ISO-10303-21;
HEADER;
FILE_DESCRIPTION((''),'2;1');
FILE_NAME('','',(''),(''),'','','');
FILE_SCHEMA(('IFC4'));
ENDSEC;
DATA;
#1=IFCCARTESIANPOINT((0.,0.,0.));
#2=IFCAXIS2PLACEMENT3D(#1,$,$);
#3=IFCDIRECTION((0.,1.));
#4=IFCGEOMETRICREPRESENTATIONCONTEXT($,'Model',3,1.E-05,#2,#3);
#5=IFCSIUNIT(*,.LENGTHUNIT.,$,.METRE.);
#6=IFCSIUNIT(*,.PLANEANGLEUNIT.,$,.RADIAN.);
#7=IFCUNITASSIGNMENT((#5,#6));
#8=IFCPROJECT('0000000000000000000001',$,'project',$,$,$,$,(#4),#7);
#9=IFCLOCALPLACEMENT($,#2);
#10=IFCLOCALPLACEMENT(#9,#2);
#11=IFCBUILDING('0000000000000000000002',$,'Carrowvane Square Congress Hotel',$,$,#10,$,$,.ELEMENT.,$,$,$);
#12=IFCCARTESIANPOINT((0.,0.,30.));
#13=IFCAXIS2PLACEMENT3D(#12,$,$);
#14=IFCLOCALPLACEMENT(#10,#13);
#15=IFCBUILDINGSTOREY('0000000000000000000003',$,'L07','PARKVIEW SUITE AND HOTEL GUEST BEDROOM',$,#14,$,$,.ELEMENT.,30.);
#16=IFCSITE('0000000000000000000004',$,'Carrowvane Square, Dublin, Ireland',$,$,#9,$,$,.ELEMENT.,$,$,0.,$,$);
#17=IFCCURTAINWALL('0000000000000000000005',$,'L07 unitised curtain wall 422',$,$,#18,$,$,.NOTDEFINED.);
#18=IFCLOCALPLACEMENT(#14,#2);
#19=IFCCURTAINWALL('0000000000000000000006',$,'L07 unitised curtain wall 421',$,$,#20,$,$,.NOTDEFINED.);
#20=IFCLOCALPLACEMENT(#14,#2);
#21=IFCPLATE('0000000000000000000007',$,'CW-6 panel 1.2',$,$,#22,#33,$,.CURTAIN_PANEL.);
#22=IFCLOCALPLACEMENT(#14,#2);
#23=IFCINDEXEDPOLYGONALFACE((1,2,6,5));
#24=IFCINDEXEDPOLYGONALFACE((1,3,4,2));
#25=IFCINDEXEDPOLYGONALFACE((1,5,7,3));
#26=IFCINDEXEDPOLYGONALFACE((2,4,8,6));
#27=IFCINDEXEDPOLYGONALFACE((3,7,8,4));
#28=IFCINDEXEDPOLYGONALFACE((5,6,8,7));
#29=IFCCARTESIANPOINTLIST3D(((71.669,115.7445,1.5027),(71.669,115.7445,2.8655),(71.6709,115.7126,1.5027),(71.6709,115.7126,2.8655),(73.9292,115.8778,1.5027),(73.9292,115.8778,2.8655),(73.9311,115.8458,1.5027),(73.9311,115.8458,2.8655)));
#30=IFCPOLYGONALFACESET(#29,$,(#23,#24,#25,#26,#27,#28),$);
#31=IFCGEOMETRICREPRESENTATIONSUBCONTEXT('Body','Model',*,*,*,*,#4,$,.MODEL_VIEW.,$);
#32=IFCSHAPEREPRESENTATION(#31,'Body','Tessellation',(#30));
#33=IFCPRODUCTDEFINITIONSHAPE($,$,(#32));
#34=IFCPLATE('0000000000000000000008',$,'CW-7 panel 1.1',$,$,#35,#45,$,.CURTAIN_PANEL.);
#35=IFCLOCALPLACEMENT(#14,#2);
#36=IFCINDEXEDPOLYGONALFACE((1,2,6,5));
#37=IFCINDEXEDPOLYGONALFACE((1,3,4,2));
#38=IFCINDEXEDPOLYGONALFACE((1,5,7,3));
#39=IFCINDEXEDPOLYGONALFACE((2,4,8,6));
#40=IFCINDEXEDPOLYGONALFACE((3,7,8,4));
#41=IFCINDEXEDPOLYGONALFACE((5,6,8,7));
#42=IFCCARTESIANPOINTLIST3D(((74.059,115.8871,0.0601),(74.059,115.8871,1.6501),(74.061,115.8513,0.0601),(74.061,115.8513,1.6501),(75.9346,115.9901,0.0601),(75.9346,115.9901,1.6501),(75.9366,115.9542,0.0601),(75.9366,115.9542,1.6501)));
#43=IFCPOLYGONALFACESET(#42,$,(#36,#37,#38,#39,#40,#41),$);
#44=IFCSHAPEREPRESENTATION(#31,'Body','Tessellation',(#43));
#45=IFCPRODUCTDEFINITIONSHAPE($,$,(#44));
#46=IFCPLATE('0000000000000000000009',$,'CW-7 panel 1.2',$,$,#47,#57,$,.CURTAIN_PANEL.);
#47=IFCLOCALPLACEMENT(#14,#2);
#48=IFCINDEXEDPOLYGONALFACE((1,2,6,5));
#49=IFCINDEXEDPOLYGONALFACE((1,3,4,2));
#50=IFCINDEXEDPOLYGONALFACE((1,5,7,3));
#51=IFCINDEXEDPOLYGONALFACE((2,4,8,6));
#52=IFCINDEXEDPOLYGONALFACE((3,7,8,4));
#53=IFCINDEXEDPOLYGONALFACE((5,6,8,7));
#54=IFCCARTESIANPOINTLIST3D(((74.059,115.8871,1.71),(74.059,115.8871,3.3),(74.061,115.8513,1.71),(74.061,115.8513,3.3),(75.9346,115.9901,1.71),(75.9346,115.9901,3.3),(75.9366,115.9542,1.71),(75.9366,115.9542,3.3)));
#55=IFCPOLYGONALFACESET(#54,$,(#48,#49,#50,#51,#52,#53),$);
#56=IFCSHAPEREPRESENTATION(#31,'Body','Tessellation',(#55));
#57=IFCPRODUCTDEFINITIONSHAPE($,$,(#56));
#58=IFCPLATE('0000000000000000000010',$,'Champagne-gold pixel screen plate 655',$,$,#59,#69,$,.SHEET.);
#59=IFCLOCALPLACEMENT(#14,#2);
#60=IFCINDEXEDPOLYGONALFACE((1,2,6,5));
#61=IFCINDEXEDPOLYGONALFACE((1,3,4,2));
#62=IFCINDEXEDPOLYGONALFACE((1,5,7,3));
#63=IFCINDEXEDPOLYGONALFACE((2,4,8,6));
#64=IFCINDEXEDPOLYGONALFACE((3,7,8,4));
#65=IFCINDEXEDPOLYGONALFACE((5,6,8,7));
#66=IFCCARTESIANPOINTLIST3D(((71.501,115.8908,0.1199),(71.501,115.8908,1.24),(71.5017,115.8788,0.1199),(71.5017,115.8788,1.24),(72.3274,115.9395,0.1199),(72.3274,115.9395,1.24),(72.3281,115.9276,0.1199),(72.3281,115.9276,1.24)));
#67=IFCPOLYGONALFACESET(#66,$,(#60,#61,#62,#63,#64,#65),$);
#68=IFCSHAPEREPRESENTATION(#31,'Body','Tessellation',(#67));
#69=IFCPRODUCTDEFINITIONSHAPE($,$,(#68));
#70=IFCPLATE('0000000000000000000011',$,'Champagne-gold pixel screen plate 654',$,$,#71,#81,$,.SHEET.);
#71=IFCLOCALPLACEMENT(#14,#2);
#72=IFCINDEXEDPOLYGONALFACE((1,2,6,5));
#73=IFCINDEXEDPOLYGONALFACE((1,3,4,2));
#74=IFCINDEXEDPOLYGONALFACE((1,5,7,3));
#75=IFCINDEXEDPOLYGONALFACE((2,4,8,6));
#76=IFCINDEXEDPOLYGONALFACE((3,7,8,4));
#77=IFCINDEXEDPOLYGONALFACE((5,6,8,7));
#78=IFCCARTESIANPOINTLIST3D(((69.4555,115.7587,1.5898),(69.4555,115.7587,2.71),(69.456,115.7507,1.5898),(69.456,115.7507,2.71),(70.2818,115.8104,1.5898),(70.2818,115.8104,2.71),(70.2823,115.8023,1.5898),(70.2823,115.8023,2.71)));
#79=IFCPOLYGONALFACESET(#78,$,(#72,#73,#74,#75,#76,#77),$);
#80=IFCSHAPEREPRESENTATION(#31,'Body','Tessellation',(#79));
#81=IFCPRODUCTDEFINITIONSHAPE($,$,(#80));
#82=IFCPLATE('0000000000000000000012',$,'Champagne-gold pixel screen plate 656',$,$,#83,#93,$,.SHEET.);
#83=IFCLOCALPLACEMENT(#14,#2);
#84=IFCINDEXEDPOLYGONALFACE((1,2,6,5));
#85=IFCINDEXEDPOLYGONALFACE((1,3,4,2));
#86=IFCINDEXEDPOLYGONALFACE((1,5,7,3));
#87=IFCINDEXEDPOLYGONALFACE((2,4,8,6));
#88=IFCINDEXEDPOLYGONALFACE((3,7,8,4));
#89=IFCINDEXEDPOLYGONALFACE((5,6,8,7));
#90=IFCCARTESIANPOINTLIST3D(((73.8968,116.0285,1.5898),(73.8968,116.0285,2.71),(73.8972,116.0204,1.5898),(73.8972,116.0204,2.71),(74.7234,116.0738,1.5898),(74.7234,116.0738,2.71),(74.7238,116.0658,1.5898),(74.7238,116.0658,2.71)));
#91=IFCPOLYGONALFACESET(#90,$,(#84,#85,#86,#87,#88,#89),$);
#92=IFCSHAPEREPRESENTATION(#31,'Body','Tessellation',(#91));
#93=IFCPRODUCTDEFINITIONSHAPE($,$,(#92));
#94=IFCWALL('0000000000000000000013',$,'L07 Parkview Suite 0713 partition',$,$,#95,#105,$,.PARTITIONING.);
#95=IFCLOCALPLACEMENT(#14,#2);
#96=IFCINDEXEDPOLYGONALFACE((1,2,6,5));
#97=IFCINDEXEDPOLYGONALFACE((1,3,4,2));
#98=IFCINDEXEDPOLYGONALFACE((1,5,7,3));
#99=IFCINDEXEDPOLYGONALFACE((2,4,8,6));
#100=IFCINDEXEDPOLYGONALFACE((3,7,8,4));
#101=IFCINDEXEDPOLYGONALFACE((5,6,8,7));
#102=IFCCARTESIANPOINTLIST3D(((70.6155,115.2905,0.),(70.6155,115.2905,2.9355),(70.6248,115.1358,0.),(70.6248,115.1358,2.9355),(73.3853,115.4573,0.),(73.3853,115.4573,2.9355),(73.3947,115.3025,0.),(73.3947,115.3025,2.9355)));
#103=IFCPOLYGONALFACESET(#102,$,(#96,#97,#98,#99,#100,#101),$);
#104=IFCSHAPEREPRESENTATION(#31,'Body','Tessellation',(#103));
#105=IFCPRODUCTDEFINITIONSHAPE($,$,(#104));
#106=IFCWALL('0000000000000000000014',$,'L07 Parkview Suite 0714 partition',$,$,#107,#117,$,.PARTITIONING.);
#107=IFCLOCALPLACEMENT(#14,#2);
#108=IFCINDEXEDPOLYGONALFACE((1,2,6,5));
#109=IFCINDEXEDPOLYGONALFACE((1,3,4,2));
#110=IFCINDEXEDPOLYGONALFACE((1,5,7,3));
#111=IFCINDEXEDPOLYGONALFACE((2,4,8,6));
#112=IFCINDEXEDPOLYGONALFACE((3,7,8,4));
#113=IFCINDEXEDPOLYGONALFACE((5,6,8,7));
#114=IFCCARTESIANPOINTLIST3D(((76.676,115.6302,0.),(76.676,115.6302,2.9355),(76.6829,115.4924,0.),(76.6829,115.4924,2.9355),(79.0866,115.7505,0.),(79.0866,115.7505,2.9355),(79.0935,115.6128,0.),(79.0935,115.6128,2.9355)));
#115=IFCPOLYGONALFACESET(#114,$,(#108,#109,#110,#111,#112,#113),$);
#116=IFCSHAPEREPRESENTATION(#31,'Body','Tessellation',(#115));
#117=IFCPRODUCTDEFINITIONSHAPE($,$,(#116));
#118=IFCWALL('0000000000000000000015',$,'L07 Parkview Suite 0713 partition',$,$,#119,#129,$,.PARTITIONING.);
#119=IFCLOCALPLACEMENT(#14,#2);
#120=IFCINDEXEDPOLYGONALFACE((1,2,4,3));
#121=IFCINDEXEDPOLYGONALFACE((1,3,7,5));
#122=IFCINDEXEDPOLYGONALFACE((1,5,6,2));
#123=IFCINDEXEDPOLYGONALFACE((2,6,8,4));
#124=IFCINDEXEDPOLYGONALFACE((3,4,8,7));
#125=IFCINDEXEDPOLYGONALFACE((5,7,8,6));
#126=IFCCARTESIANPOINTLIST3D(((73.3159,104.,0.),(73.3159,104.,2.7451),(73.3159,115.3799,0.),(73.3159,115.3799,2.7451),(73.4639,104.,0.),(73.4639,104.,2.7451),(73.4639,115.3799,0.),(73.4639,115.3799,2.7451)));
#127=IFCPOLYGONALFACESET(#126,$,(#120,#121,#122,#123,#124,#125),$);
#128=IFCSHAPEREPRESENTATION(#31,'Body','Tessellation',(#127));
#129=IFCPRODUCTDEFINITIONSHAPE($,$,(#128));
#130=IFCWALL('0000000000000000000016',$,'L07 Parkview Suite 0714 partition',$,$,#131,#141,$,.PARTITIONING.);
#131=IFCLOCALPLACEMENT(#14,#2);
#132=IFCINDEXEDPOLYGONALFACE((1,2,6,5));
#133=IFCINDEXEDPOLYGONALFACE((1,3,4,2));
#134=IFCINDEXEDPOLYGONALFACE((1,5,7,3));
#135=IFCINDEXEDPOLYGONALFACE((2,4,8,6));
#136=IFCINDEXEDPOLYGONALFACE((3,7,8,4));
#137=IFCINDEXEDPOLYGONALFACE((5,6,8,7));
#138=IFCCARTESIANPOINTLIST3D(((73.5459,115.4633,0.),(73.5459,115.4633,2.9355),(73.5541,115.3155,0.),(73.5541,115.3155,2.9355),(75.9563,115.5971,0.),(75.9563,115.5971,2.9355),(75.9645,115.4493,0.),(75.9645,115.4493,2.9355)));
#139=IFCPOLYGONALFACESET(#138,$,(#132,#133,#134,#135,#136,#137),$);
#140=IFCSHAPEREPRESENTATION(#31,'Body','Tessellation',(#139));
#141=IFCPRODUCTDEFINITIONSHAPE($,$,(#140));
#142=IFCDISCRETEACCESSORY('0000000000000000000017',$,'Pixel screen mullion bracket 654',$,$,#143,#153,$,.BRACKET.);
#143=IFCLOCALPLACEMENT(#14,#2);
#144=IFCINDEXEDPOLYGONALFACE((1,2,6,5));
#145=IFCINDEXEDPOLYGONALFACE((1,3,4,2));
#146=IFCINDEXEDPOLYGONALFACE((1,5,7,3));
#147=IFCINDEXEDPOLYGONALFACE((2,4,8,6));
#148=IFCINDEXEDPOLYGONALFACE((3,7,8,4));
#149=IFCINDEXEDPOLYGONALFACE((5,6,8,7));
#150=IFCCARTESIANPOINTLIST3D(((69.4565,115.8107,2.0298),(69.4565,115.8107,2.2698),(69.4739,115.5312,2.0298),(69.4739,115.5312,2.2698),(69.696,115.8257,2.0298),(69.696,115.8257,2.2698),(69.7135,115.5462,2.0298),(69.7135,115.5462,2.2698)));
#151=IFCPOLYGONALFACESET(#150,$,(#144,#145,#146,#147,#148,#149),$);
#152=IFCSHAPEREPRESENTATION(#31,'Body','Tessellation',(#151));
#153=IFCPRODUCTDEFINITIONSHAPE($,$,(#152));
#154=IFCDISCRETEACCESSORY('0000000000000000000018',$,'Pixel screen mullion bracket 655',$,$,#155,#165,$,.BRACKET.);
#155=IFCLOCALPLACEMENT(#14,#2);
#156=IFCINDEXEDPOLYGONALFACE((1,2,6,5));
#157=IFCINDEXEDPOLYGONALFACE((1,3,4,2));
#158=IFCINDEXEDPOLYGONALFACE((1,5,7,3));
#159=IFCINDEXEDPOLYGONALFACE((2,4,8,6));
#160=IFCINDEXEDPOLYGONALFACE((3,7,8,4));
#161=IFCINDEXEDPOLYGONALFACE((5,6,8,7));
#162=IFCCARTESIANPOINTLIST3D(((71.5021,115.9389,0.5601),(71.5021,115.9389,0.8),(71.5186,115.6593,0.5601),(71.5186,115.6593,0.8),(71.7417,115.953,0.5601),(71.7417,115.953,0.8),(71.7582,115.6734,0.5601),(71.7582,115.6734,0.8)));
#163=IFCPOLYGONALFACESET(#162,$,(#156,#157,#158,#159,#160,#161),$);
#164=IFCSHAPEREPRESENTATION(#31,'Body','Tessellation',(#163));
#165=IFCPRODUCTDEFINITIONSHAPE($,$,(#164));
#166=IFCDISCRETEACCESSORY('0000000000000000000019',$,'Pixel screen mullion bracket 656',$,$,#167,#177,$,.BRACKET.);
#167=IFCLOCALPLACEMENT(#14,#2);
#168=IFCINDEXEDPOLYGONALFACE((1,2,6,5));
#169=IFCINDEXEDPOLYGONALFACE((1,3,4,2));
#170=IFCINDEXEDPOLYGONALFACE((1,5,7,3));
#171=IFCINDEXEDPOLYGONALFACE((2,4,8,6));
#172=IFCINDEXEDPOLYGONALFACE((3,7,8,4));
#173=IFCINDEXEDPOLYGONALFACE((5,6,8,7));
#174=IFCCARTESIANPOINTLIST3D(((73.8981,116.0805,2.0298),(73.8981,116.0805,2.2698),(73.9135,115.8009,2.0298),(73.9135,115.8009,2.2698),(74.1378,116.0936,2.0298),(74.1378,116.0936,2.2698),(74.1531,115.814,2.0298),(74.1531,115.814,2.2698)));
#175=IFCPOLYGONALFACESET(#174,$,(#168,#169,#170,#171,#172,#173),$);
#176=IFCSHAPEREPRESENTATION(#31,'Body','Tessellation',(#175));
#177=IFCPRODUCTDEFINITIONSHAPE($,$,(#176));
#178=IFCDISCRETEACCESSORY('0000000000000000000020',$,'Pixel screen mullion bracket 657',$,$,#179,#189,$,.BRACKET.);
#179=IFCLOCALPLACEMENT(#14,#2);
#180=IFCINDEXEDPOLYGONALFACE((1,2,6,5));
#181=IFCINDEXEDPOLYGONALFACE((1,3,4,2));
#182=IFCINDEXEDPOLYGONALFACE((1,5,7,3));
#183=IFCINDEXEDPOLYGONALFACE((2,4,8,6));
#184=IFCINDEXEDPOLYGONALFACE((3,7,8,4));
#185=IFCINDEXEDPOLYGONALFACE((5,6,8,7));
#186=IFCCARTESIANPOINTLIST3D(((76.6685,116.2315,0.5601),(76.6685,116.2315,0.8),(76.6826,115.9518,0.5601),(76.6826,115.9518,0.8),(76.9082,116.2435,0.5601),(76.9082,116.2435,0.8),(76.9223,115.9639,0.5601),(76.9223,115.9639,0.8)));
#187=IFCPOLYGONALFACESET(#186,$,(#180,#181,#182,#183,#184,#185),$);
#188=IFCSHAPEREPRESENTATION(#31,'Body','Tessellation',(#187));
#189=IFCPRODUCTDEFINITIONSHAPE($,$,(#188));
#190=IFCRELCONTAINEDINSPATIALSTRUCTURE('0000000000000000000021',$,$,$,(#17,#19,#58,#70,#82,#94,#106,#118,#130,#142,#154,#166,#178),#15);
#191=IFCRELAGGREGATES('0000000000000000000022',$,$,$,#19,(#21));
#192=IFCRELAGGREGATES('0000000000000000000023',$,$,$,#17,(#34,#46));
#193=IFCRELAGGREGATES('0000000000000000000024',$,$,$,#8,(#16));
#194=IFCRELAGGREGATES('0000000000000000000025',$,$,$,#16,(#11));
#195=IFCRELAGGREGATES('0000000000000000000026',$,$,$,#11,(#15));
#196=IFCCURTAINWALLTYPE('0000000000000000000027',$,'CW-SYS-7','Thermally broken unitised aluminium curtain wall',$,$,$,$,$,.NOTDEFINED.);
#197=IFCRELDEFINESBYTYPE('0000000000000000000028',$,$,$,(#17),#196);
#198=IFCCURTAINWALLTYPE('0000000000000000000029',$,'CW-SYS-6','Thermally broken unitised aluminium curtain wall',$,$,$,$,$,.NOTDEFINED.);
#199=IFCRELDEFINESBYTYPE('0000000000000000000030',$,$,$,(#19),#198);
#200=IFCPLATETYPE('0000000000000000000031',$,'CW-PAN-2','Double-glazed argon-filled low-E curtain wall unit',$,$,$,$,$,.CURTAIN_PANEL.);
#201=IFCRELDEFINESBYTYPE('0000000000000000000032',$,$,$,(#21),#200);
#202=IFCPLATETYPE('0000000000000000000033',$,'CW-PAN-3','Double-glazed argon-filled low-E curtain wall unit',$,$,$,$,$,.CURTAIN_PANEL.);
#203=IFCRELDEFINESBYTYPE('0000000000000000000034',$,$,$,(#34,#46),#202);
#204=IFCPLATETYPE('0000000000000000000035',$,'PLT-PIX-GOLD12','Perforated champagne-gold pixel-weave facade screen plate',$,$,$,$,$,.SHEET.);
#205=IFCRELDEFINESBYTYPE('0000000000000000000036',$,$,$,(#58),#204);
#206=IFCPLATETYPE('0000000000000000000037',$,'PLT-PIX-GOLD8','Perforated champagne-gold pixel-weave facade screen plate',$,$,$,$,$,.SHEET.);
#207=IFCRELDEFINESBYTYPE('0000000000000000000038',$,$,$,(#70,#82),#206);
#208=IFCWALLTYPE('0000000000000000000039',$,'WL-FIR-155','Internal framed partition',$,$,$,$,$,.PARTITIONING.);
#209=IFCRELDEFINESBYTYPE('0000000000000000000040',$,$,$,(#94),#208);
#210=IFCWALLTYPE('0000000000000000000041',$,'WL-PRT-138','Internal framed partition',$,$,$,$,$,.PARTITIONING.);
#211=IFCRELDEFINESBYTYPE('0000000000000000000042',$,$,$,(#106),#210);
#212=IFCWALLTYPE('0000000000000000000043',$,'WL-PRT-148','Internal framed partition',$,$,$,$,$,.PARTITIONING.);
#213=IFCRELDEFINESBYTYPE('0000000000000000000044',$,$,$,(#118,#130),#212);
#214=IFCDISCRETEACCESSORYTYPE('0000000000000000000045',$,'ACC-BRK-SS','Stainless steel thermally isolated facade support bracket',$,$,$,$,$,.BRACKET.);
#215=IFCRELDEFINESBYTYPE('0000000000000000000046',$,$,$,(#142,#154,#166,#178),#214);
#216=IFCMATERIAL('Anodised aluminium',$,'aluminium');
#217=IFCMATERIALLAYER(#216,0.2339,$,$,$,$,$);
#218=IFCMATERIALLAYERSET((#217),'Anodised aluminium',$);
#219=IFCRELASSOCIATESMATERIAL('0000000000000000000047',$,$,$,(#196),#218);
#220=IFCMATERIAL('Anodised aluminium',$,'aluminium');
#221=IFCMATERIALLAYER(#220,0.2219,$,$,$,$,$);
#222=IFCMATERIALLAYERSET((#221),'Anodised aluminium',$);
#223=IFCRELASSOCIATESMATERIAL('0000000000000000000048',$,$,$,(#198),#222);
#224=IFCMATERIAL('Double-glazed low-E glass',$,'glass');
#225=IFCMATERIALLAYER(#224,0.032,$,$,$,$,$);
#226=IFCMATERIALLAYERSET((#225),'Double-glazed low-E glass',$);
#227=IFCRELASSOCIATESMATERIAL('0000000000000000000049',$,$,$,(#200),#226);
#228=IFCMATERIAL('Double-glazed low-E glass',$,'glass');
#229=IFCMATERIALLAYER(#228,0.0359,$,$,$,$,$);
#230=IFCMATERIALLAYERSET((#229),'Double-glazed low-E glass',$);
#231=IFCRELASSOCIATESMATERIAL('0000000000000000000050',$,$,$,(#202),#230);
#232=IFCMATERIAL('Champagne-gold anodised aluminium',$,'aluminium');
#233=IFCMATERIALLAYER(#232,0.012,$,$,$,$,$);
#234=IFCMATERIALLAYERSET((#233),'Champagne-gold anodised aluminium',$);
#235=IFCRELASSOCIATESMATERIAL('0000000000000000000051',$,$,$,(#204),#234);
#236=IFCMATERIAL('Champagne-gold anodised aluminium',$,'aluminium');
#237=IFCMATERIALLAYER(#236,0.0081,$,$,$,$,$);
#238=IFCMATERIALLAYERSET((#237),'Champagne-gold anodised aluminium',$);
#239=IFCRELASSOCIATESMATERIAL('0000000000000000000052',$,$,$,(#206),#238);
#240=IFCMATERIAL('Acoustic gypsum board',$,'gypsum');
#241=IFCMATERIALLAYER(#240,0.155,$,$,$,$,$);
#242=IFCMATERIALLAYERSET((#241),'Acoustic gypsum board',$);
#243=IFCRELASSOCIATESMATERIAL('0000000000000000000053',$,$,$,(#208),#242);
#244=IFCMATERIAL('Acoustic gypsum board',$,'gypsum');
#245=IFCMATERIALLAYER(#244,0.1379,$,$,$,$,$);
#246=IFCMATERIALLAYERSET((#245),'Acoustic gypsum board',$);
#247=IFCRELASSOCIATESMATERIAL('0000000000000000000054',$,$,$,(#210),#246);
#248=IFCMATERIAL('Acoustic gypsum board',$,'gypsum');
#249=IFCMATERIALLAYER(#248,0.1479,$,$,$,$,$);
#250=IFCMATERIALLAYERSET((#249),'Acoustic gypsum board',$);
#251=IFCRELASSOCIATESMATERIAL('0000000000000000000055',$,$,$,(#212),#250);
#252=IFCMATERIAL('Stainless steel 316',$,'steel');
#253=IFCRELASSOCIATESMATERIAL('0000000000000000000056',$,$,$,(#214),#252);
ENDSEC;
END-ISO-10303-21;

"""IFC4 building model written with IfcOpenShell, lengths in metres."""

from ifc_helpers import new_model, si_unit, direction, frame, frame_2d, origin, origin_2d, place, context, subcontext, project, spatial, rectangle, extrude, material, layer, layer_set, type_object, element, aggregate, save


model = new_model("IFC4")

# Units and contexts
model_context = context("Model", 3, precision=1e-05, world=origin(), true_north=direction((0.0, 1.0)))
body_context = subcontext(model_context, "Body", "Model", "MODEL_VIEW")
ifc_project = project(units=[si_unit("LENGTHUNIT", "METRE"), si_unit("PLANEANGLEUNIT", "RADIAN")], contexts=[model_context])

# Site, building, storey
site_placement = place(None, origin())
site = spatial("IfcSite", under=ifc_project, at=site_placement, Name="Carrowvane Square, Dublin, Ireland", CompositionType="ELEMENT", RefElevation=0.0)
building_placement = place(site_placement, origin())
building = spatial("IfcBuilding", under=site, at=building_placement, Name="Carrowvane Square Congress Hotel", CompositionType="ELEMENT")
storey_placement = place(building_placement, frame((0.0, 0.0, 30.0)))
storey = spatial("IfcBuildingStorey", under=building, at=storey_placement, Name="L07", Description="PARKVIEW SUITE AND HOTEL GUEST BEDROOM", CompositionType="ELEMENT", Elevation=30.0)

# Curtain wall
ifc_material_1 = material(Name="Anodised aluminium", Category="aluminium")
ifc_layer_1 = layer(ifc_material_1, 0.2339)
ifc_layer_set_1 = layer_set([ifc_layer_1], Name="Anodised aluminium")
curtain_wall_type_1 = type_object("IfcCurtainWallType", Name="CW-SYS-7", Description="Thermally broken unitised aluminium curtain wall", PredefinedType="NOTDEFINED", material=ifc_layer_set_1)
curtain_wall_1_placement = place(storey_placement, origin())
curtain_wall_1 = element("IfcCurtainWall", 1, at=curtain_wall_1_placement, inside=storey, type_object=curtain_wall_type_1, Name="L07 unitised curtain wall 422", PredefinedType="NOTDEFINED")

# Curtain wall
ifc_material_2 = material(Name="Anodised aluminium", Category="aluminium")
ifc_layer_2 = layer(ifc_material_2, 0.2219)
ifc_layer_set_2 = layer_set([ifc_layer_2], Name="Anodised aluminium")
curtain_wall_type_2 = type_object("IfcCurtainWallType", Name="CW-SYS-6", Description="Thermally broken unitised aluminium curtain wall", PredefinedType="NOTDEFINED", material=ifc_layer_set_2)
curtain_wall_2_placement = place(storey_placement, origin())
curtain_wall_2 = element("IfcCurtainWall", 2, at=curtain_wall_2_placement, inside=storey, type_object=curtain_wall_type_2, Name="L07 unitised curtain wall 421", PredefinedType="NOTDEFINED")

# Plates
ifc_material_3 = material(Name="Double-glazed low-E glass", Category="glass")
ifc_layer_3 = layer(ifc_material_3, 0.032)
ifc_layer_set_3 = layer_set([ifc_layer_3], Name="Double-glazed low-E glass")
plate_type_1 = type_object("IfcPlateType", Name="CW-PAN-2", Description="Double-glazed argon-filled low-E curtain wall unit", PredefinedType="CURTAIN_PANEL", material=ifc_layer_set_3)
plate_1_placement = place(storey_placement, frame((72.8, 115.7952, 1.5027), z_axis=(0.0, 0.0, 1.0), x_axis=(0.998267, 0.058851, 0.0)))
plate_1 = element("IfcPlate", 3, at=plate_1_placement, type_object=plate_type_1, Name="CW-6 panel 1.2", PredefinedType="CURTAIN_PANEL", context=body_context, shape_type="SweptSolid", body=[
    extrude(rectangle(XDim=2.2642, YDim=0.032, at=origin_2d()), origin(), (0.0, 0.0, 1.0), 1.3628),
])
aggregate(curtain_wall_2, [plate_1])
ifc_material_4 = material(Name="Double-glazed low-E glass", Category="glass")
ifc_layer_4 = layer(ifc_material_4, 0.0359)
ifc_layer_set_4 = layer_set([ifc_layer_4], Name="Double-glazed low-E glass")
plate_type_2 = type_object("IfcPlateType", Name="CW-PAN-3", Description="Double-glazed argon-filled low-E curtain wall unit", PredefinedType="CURTAIN_PANEL", material=ifc_layer_set_4)
plate_2_placement = place(storey_placement, frame((74.9978, 115.9207, 0.0601), z_axis=(0.0, 0.0, 1.0), x_axis=(0.998496, 0.054816, 0.0)))
plate_2 = element("IfcPlate", 4, at=plate_2_placement, type_object=plate_type_2, Name="CW-7 panel 1.1", PredefinedType="CURTAIN_PANEL", context=body_context, shape_type="SweptSolid", body=[
    extrude(rectangle(XDim=1.8784, YDim=0.0359, at=origin_2d()), origin(), (0.0, 0.0, 1.0), 1.5901),
])
plate_3_placement = place(storey_placement, frame((74.9978, 115.9207, 1.71), z_axis=(0.0, 0.0, 1.0), x_axis=(0.998496, 0.054816, 0.0)))
plate_3 = element("IfcPlate", 5, at=plate_3_placement, type_object=plate_type_2, Name="CW-7 panel 1.2", PredefinedType="CURTAIN_PANEL", context=body_context, shape_type="SweptSolid", body=[
    extrude(rectangle(XDim=1.8784, YDim=0.0359, at=origin_2d()), origin(), (0.0, 0.0, 1.0), 1.5901),
])
aggregate(curtain_wall_1, [plate_2, plate_3])

# Plates
ifc_material_5 = material(Name="Champagne-gold anodised aluminium", Category="aluminium")
ifc_layer_5 = layer(ifc_material_5, 0.012)
ifc_layer_set_5 = layer_set([ifc_layer_5], Name="Champagne-gold anodised aluminium")
plate_type_3 = type_object("IfcPlateType", Name="PLT-PIX-GOLD12", Description="Perforated champagne-gold pixel-weave facade screen plate", PredefinedType="SHEET", material=ifc_layer_set_5)
plate_4_placement = place(storey_placement, frame((71.9146, 115.9092, 0.1199), z_axis=(0.0, 0.0, 1.0), x_axis=(0.998267, 0.058852, 0.0)))
element("IfcPlate", 6, at=plate_4_placement, inside=storey, type_object=plate_type_3, Name="Champagne-gold pixel screen plate 655", PredefinedType="SHEET", context=body_context, shape_type="SweptSolid", body=[
    extrude(rectangle(XDim=0.8279, YDim=0.012, at=origin_2d()), origin(), (0.0, 0.0, 1.0), 1.1201),
])
ifc_material_6 = material(Name="Champagne-gold anodised aluminium", Category="aluminium")
ifc_layer_6 = layer(ifc_material_6, 0.0081)
ifc_layer_set_6 = layer_set([ifc_layer_6], Name="Champagne-gold anodised aluminium")
plate_type_4 = type_object("IfcPlateType", Name="PLT-PIX-GOLD8", Description="Perforated champagne-gold pixel-weave facade screen plate", PredefinedType="SHEET", material=ifc_layer_set_6)
for number, where, z_axis, x_axis, name in (
    (7, (69.8689, 115.7805, 1.5898), (0.0, 0.0, 1.0), (0.998051, 0.062397, 0.0), "Champagne-gold pixel screen plate 654"),
    (8, (74.3103, 116.0471, 1.5898), (0.0, 0.0, 1.0), (0.998497, 0.054815, 0.0), "Champagne-gold pixel screen plate 656"),
):
    element("IfcPlate", number, at=place(storey_placement, frame(where, z_axis=z_axis, x_axis=x_axis)), inside=storey, type_object=plate_type_4, Name=name, PredefinedType="SHEET", context=body_context, shape_type="SweptSolid", body=[
        extrude(rectangle(XDim=0.8279, YDim=0.0081, at=origin_2d()), origin(), (0.0, 0.0, 1.0), 1.1201),
    ])

# Walls
ifc_material_7 = material(Name="Acoustic gypsum board", Category="gypsum")
ifc_layer_7 = layer(ifc_material_7, 0.155)
ifc_layer_set_7 = layer_set([ifc_layer_7], Name="Acoustic gypsum board")
wall_type_1 = type_object("IfcWallType", Name="WL-FIR-155", Description="Internal framed partition", PredefinedType="PARTITIONING", material=ifc_layer_set_7)
wall_1_placement = place(storey_placement, frame((70.6201, 115.2131, 0.0), z_axis=(0.0, 0.0, 1.0), x_axis=(0.998193, 0.060094, 0.0)))
element("IfcWall", 9, at=wall_1_placement, inside=storey, type_object=wall_type_1, Name="L07 Parkview Suite 0713 partition", PredefinedType="PARTITIONING", context=body_context, shape_type="SweptSolid", body=[
    extrude(rectangle(XDim=2.7749, YDim=0.155, at=frame_2d((1.3875, 0.0))), origin(), (0.0, 0.0, 1.0), 2.9355),
])
ifc_material_8 = material(Name="Acoustic gypsum board", Category="gypsum")
ifc_layer_8 = layer(ifc_material_8, 0.1379)
ifc_layer_set_8 = layer_set([ifc_layer_8], Name="Acoustic gypsum board")
wall_type_2 = type_object("IfcWallType", Name="WL-PRT-138", Description="Internal framed partition", PredefinedType="PARTITIONING", material=ifc_layer_set_8)
wall_2_placement = place(storey_placement, frame((76.6794, 115.5613, 0.0), z_axis=(0.0, 0.0, 1.0), x_axis=(0.998756, 0.049867, 0.0)))
element("IfcWall", 10, at=wall_2_placement, inside=storey, type_object=wall_type_2, Name="L07 Parkview Suite 0714 partition", PredefinedType="PARTITIONING", context=body_context, shape_type="SweptSolid", body=[
    extrude(rectangle(XDim=2.4136, YDim=0.1379, at=frame_2d((1.2068, 0.0))), origin(), (0.0, 0.0, 1.0), 2.9355),
])
ifc_material_9 = material(Name="Acoustic gypsum board", Category="gypsum")
ifc_layer_9 = layer(ifc_material_9, 0.1479)
ifc_layer_set_9 = layer_set([ifc_layer_9], Name="Acoustic gypsum board")
wall_type_3 = type_object("IfcWallType", Name="WL-PRT-148", Description="Internal framed partition", PredefinedType="PARTITIONING", material=ifc_layer_set_9)
wall_3_placement = place(storey_placement, frame((73.3899, 115.3799, 0.0), z_axis=(0.0, 0.0, 1.0), x_axis=(0.0, -1.0, 0.0)))
element("IfcWall", 11, at=wall_3_placement, inside=storey, type_object=wall_type_3, Name="L07 Parkview Suite 0713 partition", PredefinedType="PARTITIONING", context=body_context, shape_type="SweptSolid", body=[
    extrude(rectangle(XDim=11.3799, YDim=0.1479, at=frame_2d((5.6899, 0.0))), origin(), (0.0, 0.0, 1.0), 2.7451),
])
wall_4_placement = place(storey_placement, frame((73.55, 115.3894, 0.0), z_axis=(0.0, 0.0, 1.0), x_axis=(0.998463, 0.05542, 0.0)))
element("IfcWall", 12, at=wall_4_placement, inside=storey, type_object=wall_type_3, Name="L07 Parkview Suite 0714 partition", PredefinedType="PARTITIONING", context=body_context, shape_type="SweptSolid", body=[
    extrude(rectangle(XDim=2.4141, YDim=0.1479, at=frame_2d((1.207, 0.0))), origin(), (0.0, 0.0, 1.0), 2.9355),
])

# Discrete accessories
ifc_material_10 = material(Name="Stainless steel 316", Category="steel")
discrete_accessory_type = type_object("IfcDiscreteAccessoryType", Name="ACC-BRK-SS", Description="Stainless steel thermally isolated facade support bracket", PredefinedType="BRACKET", material=ifc_material_10)
for number, where, z_axis, x_axis, name in (
    (13, (69.585, 115.6785, 2.0298), (0.0, 0.0, 1.0), (0.998051, 0.062397, 0.0), "Pixel screen mullion bracket 654"),
    (14, (71.6301, 115.8062, 0.5601), (0.0, 0.0, 1.0), (0.998267, 0.058852, 0.0), "Pixel screen mullion bracket 655"),
    (15, (74.0256, 115.9473, 2.0298), (0.0, 0.0, 1.0), (0.998497, 0.054815, 0.0), "Pixel screen mullion bracket 656"),
    (16, (76.7954, 116.0977, 0.5601), (0.0, 0.0, 1.0), (0.998733, 0.050322, 0.0), "Pixel screen mullion bracket 657"),
):
    element("IfcDiscreteAccessory", number, at=place(storey_placement, frame(where, z_axis=z_axis, x_axis=x_axis)), inside=storey, type_object=discrete_accessory_type, Name=name, PredefinedType="BRACKET", context=body_context, shape_type="SweptSolid", body=[
        extrude(rectangle(XDim=0.24, YDim=0.28, at=origin_2d()), origin(), (0.0, 0.0, 1.0), 0.24),
    ])

save(model, "model.ifc")
